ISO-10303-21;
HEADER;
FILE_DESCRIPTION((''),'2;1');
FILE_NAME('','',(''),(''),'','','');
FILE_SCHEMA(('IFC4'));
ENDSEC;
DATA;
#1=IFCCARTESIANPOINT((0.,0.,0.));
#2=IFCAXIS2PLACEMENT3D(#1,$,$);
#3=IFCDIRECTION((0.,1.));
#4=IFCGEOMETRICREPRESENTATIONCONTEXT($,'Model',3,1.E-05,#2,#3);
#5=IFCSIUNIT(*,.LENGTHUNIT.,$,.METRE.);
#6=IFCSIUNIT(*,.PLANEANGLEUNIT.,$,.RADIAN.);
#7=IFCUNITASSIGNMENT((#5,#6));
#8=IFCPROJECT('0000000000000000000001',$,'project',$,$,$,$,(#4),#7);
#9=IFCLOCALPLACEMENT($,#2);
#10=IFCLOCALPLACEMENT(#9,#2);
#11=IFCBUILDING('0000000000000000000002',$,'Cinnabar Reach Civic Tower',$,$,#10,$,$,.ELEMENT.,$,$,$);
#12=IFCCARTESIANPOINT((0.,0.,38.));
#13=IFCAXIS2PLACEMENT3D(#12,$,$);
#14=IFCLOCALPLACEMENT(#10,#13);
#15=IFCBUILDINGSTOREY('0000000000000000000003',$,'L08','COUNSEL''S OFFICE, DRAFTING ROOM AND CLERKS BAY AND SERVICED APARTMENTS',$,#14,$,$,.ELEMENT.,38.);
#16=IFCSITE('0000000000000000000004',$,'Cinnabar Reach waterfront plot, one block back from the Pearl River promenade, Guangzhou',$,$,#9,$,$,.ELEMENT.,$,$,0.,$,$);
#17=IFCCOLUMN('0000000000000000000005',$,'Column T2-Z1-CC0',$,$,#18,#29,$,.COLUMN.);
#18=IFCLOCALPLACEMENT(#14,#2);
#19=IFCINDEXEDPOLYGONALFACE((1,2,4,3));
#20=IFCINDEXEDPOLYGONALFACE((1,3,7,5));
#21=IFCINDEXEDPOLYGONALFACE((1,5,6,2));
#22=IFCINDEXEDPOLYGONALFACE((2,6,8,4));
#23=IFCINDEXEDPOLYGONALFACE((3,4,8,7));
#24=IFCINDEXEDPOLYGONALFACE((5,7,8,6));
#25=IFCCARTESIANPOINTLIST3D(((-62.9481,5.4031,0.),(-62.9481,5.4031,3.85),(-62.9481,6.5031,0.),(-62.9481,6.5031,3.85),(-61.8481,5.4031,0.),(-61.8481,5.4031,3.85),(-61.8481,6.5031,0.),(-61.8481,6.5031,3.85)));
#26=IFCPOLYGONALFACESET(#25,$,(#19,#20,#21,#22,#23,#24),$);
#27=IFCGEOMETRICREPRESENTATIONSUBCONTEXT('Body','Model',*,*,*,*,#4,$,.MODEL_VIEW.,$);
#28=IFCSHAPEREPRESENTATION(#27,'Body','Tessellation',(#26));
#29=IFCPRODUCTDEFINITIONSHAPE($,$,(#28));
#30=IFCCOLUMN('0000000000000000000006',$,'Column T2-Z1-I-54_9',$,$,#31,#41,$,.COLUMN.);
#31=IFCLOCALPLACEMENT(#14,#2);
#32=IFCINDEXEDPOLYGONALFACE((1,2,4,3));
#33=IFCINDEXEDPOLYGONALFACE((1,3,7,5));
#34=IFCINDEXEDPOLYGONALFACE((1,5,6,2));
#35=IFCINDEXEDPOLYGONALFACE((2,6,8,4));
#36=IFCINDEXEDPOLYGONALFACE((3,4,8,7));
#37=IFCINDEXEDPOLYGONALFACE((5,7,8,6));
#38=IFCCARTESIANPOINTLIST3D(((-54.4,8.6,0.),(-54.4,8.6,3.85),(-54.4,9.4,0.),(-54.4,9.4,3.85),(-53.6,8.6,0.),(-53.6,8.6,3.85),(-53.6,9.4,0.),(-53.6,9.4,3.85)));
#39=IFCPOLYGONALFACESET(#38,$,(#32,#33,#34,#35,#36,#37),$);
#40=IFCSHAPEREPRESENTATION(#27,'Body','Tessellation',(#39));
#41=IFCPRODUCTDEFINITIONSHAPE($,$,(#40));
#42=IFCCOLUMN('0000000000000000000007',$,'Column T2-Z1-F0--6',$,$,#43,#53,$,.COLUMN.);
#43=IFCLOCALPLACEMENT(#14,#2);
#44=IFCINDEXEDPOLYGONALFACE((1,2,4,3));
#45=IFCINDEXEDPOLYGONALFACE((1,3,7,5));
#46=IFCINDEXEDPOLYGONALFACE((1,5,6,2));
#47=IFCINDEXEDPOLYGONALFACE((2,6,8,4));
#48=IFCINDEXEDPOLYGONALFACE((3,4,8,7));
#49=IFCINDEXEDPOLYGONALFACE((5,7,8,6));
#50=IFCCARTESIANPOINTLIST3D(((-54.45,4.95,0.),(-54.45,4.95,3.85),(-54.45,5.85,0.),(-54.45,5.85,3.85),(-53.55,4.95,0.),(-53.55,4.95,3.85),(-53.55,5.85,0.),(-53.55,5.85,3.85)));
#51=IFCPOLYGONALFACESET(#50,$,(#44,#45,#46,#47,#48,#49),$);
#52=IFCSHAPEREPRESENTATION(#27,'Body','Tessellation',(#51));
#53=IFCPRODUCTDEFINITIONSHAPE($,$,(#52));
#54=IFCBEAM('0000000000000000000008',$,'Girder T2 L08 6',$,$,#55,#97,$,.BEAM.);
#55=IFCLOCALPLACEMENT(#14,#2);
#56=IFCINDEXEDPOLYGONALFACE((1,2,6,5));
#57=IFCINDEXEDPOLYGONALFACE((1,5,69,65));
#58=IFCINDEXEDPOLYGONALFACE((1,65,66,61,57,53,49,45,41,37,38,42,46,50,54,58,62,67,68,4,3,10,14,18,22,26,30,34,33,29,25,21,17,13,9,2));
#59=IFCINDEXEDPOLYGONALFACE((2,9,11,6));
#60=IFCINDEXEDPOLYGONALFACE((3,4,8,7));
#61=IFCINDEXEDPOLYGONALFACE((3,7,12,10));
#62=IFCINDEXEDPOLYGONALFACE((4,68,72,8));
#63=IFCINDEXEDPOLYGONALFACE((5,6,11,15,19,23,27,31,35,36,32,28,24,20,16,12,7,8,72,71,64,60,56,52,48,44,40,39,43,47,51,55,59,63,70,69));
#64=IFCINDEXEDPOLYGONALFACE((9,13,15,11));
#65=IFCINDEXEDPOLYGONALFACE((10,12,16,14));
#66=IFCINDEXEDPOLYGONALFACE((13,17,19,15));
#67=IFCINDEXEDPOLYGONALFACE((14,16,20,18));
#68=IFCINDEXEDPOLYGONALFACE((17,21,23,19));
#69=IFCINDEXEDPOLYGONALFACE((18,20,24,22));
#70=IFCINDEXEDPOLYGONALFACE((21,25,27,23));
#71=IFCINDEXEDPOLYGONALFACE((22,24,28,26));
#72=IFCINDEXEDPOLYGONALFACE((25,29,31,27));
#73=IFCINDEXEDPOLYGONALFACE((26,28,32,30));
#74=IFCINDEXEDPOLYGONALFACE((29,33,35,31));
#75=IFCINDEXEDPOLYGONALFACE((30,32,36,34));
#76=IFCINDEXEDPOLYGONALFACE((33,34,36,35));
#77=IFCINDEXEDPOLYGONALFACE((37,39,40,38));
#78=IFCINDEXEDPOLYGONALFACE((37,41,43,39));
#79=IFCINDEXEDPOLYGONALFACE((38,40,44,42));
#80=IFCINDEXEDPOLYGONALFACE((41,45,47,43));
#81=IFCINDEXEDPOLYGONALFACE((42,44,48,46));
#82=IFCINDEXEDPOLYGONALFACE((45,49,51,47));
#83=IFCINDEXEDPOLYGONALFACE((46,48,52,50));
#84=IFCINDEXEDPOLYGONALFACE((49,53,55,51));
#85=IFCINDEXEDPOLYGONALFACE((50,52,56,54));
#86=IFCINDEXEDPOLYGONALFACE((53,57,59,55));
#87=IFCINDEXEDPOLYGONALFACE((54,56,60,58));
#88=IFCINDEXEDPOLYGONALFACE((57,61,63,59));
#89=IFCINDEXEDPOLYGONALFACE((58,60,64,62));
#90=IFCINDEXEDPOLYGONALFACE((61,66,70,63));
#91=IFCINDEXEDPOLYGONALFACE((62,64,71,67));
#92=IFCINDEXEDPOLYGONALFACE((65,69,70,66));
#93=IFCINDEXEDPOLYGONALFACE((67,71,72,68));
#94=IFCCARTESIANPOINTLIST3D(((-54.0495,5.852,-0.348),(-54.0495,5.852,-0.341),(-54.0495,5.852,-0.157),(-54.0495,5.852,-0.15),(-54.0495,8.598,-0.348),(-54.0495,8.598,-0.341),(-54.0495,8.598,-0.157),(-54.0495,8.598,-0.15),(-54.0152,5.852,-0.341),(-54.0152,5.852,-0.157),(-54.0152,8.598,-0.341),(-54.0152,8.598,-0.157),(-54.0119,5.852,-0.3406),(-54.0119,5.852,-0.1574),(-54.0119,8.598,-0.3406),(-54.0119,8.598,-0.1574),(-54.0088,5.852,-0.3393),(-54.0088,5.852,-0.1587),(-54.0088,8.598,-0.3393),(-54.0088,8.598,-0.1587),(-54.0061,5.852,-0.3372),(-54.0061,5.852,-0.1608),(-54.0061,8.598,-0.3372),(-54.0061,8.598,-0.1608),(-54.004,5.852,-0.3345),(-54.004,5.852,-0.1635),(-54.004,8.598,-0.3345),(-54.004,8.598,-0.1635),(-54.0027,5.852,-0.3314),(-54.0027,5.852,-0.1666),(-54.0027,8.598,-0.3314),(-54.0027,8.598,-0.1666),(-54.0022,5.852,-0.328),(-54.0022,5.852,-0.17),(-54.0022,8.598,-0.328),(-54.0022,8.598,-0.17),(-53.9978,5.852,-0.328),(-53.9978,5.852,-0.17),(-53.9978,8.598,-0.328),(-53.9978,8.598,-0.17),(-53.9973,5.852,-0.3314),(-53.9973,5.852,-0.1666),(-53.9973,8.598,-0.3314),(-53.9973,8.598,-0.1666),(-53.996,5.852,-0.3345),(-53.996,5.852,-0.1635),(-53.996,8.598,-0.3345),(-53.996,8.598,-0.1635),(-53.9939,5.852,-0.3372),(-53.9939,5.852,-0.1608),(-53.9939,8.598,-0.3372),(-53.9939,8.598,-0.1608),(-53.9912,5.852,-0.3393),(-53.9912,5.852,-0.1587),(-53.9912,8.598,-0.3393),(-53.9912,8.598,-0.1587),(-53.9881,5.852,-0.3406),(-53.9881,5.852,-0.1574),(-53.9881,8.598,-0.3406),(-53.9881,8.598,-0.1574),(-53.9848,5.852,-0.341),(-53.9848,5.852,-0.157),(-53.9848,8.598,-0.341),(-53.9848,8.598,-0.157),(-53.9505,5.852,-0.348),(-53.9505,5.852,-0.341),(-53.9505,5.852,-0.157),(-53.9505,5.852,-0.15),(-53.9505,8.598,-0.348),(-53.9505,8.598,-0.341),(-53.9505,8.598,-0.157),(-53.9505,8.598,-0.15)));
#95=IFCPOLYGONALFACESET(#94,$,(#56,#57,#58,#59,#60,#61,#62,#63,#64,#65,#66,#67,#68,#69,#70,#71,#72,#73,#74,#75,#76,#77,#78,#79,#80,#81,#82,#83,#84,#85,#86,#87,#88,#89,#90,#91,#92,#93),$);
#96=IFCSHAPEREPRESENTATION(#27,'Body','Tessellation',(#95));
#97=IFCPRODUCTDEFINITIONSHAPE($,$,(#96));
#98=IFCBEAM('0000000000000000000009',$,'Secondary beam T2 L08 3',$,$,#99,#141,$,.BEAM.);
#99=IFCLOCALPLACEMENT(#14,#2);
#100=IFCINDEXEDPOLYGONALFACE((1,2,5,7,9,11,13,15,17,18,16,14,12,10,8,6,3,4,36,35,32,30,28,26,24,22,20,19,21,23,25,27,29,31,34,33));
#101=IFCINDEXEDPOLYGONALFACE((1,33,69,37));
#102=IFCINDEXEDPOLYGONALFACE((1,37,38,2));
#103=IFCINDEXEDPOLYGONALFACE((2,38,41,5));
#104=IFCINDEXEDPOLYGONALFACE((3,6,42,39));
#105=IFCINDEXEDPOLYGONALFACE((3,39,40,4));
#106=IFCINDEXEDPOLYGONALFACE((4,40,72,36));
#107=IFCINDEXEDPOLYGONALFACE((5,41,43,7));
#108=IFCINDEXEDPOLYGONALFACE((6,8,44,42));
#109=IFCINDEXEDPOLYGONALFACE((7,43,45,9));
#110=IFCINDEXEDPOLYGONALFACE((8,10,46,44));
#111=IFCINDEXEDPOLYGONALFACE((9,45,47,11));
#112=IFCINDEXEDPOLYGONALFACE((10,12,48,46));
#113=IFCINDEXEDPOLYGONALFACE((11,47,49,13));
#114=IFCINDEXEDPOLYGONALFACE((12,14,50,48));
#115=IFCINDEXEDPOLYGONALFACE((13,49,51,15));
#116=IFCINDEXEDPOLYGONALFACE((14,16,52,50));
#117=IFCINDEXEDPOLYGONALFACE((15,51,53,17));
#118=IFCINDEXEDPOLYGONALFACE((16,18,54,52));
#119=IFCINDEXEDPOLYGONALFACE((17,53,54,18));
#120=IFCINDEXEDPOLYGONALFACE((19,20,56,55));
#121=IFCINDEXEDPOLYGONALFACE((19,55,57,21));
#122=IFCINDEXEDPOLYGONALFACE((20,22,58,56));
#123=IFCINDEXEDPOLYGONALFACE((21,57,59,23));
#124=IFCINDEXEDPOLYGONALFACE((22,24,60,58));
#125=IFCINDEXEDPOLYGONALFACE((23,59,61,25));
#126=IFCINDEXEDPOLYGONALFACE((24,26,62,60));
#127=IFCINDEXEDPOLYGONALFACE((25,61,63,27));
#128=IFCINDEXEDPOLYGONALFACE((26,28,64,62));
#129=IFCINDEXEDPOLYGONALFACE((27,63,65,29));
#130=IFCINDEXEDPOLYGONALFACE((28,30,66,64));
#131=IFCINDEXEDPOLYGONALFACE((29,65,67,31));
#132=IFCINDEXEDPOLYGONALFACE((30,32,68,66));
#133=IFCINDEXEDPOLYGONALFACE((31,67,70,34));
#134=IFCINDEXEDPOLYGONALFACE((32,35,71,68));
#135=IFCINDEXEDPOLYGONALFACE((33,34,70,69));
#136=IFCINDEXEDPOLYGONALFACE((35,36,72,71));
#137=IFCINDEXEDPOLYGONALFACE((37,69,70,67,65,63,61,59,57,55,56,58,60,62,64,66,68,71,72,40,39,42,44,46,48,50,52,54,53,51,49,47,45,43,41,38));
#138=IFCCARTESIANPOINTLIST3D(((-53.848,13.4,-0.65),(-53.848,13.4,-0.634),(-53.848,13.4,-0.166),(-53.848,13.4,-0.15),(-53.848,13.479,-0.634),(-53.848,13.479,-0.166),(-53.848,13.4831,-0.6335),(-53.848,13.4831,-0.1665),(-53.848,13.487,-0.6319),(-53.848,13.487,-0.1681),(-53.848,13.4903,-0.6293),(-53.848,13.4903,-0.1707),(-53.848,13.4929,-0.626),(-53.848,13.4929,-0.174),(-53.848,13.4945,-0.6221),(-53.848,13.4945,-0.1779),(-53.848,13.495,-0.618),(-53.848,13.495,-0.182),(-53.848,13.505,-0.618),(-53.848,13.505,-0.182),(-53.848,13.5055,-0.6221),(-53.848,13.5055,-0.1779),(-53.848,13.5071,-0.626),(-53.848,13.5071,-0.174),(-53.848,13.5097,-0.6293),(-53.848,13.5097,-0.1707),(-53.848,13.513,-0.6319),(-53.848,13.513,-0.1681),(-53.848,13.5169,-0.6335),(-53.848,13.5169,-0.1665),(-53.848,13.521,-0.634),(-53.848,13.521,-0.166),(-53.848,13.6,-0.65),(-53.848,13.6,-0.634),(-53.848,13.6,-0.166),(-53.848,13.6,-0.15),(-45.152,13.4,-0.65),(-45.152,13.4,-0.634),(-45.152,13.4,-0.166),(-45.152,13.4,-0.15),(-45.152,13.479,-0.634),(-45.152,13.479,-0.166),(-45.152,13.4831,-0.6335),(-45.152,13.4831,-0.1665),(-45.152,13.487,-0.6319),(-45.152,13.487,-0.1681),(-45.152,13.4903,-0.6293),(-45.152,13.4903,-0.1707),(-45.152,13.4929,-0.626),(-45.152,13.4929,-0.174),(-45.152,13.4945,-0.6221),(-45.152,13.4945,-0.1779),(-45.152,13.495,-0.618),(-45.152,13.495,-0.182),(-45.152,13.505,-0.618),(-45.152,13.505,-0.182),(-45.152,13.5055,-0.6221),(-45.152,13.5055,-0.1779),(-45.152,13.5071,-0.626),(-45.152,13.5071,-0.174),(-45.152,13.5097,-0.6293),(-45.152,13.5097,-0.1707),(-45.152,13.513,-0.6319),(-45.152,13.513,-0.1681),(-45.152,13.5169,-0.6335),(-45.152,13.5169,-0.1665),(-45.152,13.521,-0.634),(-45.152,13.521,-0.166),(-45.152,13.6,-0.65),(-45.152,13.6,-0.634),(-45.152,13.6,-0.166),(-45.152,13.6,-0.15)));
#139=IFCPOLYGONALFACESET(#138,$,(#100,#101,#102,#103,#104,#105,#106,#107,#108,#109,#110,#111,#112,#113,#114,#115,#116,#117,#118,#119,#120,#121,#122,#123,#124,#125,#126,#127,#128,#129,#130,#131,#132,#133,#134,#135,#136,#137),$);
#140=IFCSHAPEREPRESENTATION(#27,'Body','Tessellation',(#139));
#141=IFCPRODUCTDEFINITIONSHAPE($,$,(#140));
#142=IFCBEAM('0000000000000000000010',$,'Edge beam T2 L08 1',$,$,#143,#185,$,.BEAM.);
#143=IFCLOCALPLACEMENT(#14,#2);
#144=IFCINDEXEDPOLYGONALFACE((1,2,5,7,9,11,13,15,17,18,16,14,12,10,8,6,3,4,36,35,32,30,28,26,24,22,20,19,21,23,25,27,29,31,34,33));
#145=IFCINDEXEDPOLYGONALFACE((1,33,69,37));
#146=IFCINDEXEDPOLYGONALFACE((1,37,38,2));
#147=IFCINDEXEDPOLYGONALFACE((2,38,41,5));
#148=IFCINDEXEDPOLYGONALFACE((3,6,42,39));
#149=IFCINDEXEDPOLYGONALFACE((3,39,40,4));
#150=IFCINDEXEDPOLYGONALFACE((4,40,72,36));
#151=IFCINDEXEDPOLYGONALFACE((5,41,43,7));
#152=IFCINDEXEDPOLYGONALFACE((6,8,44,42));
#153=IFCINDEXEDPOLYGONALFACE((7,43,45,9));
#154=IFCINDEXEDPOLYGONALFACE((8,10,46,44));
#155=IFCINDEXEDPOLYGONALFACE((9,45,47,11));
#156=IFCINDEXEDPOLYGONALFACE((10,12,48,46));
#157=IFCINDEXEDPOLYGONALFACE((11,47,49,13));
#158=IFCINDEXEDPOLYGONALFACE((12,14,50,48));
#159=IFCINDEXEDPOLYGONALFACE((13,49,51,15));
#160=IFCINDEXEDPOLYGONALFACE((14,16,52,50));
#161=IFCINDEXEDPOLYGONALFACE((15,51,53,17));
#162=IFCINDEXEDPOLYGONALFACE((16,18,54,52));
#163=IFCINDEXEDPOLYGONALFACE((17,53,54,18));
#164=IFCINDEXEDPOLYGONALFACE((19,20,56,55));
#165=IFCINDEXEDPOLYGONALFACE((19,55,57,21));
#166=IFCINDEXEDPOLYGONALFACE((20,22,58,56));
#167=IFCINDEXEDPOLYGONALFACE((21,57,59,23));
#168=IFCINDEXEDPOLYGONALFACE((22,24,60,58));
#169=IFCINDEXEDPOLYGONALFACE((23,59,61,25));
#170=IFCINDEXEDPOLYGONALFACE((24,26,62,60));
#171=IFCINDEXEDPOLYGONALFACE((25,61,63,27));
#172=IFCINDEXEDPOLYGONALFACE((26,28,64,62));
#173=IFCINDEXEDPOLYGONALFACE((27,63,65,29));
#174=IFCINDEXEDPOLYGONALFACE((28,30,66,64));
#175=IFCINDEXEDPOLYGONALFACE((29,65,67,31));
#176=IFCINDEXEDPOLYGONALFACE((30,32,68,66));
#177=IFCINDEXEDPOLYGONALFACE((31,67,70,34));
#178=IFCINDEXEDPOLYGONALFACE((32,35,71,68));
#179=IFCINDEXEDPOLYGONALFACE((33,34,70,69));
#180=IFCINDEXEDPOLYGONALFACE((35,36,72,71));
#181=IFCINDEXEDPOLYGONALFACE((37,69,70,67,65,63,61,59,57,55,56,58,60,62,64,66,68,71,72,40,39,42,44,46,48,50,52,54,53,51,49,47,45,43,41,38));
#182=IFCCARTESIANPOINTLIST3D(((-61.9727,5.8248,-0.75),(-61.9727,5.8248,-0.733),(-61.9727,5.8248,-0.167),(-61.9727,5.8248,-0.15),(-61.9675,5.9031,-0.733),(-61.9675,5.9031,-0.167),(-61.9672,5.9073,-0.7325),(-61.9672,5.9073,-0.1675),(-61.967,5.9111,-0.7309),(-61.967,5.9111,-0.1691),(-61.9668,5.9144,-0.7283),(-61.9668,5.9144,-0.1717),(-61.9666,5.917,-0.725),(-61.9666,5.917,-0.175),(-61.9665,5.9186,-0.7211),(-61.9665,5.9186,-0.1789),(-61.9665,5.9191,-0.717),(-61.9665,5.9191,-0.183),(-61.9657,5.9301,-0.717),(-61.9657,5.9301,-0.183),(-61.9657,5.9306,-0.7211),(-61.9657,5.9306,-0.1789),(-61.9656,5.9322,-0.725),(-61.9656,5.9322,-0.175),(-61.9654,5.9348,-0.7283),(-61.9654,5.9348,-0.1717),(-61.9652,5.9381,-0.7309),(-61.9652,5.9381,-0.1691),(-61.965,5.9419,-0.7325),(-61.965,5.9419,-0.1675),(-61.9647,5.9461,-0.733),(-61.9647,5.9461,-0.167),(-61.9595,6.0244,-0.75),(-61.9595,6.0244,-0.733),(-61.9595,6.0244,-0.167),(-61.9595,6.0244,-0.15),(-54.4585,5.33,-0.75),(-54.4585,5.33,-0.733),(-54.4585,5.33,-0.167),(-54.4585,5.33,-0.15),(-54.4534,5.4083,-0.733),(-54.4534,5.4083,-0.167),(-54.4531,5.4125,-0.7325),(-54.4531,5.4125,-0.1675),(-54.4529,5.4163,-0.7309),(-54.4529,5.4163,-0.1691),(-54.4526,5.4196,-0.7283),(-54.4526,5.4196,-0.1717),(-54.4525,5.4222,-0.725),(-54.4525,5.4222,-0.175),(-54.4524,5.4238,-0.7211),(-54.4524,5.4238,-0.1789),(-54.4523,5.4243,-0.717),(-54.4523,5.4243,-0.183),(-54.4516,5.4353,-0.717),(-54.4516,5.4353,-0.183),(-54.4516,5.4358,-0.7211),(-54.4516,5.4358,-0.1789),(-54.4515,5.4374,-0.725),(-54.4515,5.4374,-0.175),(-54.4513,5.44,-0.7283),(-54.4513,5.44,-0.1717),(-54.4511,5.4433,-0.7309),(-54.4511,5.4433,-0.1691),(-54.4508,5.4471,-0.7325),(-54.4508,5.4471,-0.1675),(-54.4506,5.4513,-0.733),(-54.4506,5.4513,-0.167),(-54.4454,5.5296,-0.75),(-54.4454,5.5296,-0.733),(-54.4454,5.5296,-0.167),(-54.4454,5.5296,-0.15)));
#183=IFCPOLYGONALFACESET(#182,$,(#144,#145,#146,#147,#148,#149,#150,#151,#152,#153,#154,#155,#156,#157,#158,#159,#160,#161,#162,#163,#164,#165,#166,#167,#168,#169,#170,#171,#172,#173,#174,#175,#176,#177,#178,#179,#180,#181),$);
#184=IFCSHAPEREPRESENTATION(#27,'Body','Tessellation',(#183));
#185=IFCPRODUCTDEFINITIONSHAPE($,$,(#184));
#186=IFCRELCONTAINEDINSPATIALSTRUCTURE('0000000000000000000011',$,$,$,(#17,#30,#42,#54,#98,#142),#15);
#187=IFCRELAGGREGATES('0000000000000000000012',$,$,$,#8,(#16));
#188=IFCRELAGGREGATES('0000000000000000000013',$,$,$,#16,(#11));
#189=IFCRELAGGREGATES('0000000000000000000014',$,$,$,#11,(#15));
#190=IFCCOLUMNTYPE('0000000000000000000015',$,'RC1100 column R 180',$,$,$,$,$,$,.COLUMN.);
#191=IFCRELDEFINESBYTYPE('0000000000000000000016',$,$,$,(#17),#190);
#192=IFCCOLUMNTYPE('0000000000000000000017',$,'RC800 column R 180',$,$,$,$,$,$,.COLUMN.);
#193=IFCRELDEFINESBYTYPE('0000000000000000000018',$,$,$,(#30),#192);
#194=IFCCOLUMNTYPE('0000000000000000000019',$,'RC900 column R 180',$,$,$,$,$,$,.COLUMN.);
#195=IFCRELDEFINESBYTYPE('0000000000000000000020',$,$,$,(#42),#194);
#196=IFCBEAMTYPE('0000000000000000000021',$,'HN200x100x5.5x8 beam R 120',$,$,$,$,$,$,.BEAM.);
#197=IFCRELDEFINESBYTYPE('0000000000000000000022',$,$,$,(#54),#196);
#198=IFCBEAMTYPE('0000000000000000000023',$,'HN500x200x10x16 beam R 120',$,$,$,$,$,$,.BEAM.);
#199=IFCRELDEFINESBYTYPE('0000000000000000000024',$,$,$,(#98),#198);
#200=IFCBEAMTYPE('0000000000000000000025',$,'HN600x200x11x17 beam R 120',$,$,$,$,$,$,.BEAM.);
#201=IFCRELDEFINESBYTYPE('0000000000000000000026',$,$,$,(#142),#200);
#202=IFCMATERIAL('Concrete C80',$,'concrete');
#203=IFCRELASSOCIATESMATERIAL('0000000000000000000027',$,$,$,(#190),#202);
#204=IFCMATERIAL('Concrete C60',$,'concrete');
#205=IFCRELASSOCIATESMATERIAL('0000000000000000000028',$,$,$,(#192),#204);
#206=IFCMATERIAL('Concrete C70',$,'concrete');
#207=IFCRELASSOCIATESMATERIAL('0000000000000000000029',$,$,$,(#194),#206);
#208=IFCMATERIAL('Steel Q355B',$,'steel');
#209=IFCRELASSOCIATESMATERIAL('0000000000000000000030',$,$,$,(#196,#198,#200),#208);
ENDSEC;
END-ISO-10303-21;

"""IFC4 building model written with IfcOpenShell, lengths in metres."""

from ifc_helpers import new_model, si_unit, direction, frame, origin, origin_2d, place, context, subcontext, project, spatial, rectangle, i_section, extrude, material, material_profile, profile_set, type_object, element, save


model = new_model("IFC4")

# Units and contexts
model_context = context("Model", 3, precision=1e-05, world=origin(), true_north=direction((0.0, 1.0)))
body_context = subcontext(model_context, "Body", "Model", "MODEL_VIEW")
ifc_project = project(units=[si_unit("LENGTHUNIT", "METRE"), si_unit("PLANEANGLEUNIT", "RADIAN")], contexts=[model_context])

# Site, building, storey
site_placement = place(None, origin())
site = spatial("IfcSite", under=ifc_project, at=site_placement, Name="Cinnabar Reach waterfront plot, one block back from the Pearl River promenade, Guangzhou", CompositionType="ELEMENT", RefElevation=0.0)
building_placement = place(site_placement, origin())
building = spatial("IfcBuilding", under=site, at=building_placement, Name="Cinnabar Reach Civic Tower", CompositionType="ELEMENT")
storey_placement = place(building_placement, frame((0.0, 0.0, 38.0)))
storey = spatial("IfcBuildingStorey", under=building, at=storey_placement, Name="L08", Description="COUNSEL'S OFFICE, DRAFTING ROOM AND CLERKS BAY AND SERVICED APARTMENTS", CompositionType="ELEMENT", Elevation=38.0)

# Columns
ifc_material_1 = material(Name="Concrete C80", Category="concrete")
ifc_material_profile_1 = material_profile(ifc_material_1, rectangle(XDim=1.1, YDim=1.1, at=origin_2d()), Name="RC1100")
ifc_profile_set_1 = profile_set([ifc_material_profile_1], Name="Concrete C80")
column_type_1 = type_object("IfcColumnType", Name="RC1100 column R 180", PredefinedType="COLUMN", material=ifc_profile_set_1)
column_1_placement = place(storey_placement, frame((-62.3981, 5.9531, 0.0), z_axis=(0.0, 0.0, 1.0), x_axis=(1.0, 0.0, 0.0)))
element("IfcColumn", 1, at=column_1_placement, inside=storey, type_object=column_type_1, Name="Column T2-Z1-CC0", PredefinedType="COLUMN", context=body_context, shape_type="SweptSolid", body=[
    extrude(rectangle(XDim=1.1, YDim=1.1, at=origin_2d()), origin(), (0.0, 0.0, 1.0), 3.85),
])
ifc_material_2 = material(Name="Concrete C60", Category="concrete")
ifc_material_profile_2 = material_profile(ifc_material_2, rectangle(XDim=0.8, YDim=0.8, at=origin_2d()), Name="RC800")
ifc_profile_set_2 = profile_set([ifc_material_profile_2], Name="Concrete C60")
column_type_2 = type_object("IfcColumnType", Name="RC800 column R 180", PredefinedType="COLUMN", material=ifc_profile_set_2)
column_2_placement = place(storey_placement, frame((-54.0, 9.0, 0.0), z_axis=(0.0, 0.0, 1.0), x_axis=(1.0, 0.0, 0.0)))
element("IfcColumn", 2, at=column_2_placement, inside=storey, type_object=column_type_2, Name="Column T2-Z1-I-54_9", PredefinedType="COLUMN", context=body_context, shape_type="SweptSolid", body=[
    extrude(rectangle(XDim=0.8, YDim=0.8, at=origin_2d()), origin(), (0.0, 0.0, 1.0), 3.85),
])
ifc_material_3 = material(Name="Concrete C70", Category="concrete")
ifc_material_profile_3 = material_profile(ifc_material_3, rectangle(XDim=0.9, YDim=0.9, at=origin_2d()), Name="RC900")
ifc_profile_set_3 = profile_set([ifc_material_profile_3], Name="Concrete C70")
column_type_3 = type_object("IfcColumnType", Name="RC900 column R 180", PredefinedType="COLUMN", material=ifc_profile_set_3)
column_3_placement = place(storey_placement, frame((-54.0, 5.4, 0.0), z_axis=(0.0, 0.0, 1.0), x_axis=(1.0, 0.0, 0.0)))
element("IfcColumn", 3, at=column_3_placement, inside=storey, type_object=column_type_3, Name="Column T2-Z1-F0--6", PredefinedType="COLUMN", context=body_context, shape_type="SweptSolid", body=[
    extrude(rectangle(XDim=0.9, YDim=0.9, at=origin_2d()), origin(), (0.0, 0.0, 1.0), 3.85),
])

# Beams
ifc_material_4 = material(Name="Steel Q355B", Category="steel")
ifc_material_profile_4 = material_profile(ifc_material_4, i_section(OverallWidth=0.099, OverallDepth=0.198, WebThickness=0.0045, FlangeThickness=0.007, FilletRadius=0.013, at=origin_2d()), Name="HN200x100x5.5x8")
ifc_profile_set_4 = profile_set([ifc_material_profile_4], Name="Steel Q355B")
beam_type_1 = type_object("IfcBeamType", Name="HN200x100x5.5x8 beam R 120", PredefinedType="BEAM", material=ifc_profile_set_4)
beam_1_placement = place(storey_placement, frame((-54.0, 5.852, -0.249), z_axis=(0.0, 1.0, 0.0), x_axis=(-1.0, 0.0, 0.0)))
element("IfcBeam", 4, at=beam_1_placement, inside=storey, type_object=beam_type_1, Name="Girder T2 L08 6", PredefinedType="BEAM", context=body_context, shape_type="SweptSolid", body=[
    extrude(i_section(OverallWidth=0.099, OverallDepth=0.198, WebThickness=0.0045, FlangeThickness=0.007, FilletRadius=0.013, at=origin_2d()), origin(), (0.0, 0.0, 1.0), 2.746),
])
ifc_material_profile_5 = material_profile(ifc_material_4, i_section(OverallWidth=0.2, OverallDepth=0.5, WebThickness=0.01, FlangeThickness=0.016, FilletRadius=0.016, at=origin_2d()), Name="HN500x200x10x16")
ifc_profile_set_5 = profile_set([ifc_material_profile_5], Name="Steel Q355B")
beam_type_2 = type_object("IfcBeamType", Name="HN500x200x10x16 beam R 120", PredefinedType="BEAM", material=ifc_profile_set_5)
beam_2_placement = place(storey_placement, frame((-53.848, 13.5, -0.4), z_axis=(1.0, 0.0, 0.0), x_axis=(0.0, 1.0, 0.0)))
element("IfcBeam", 5, at=beam_2_placement, inside=storey, type_object=beam_type_2, Name="Secondary beam T2 L08 3", PredefinedType="BEAM", context=body_context, shape_type="SweptSolid", body=[
    extrude(i_section(OverallWidth=0.2, OverallDepth=0.5, WebThickness=0.01, FlangeThickness=0.016, FilletRadius=0.016, at=origin_2d()), origin(), (0.0, 0.0, 1.0), 8.696),
])
ifc_material_profile_6 = material_profile(ifc_material_4, i_section(OverallWidth=0.2, OverallDepth=0.6, WebThickness=0.011, FlangeThickness=0.017, FilletRadius=0.016, at=origin_2d()), Name="HN600x200x11x17")
ifc_profile_set_6 = profile_set([ifc_material_profile_6], Name="Steel Q355B")
beam_type_3 = type_object("IfcBeamType", Name="HN600x200x11x17 beam R 120", PredefinedType="BEAM", material=ifc_profile_set_6)
beam_3_placement = place(storey_placement, frame((-61.9661, 5.9246, -0.45), z_axis=(0.997839, -0.065707, 0.0), x_axis=(0.065707, 0.997839, 0.0)))
element("IfcBeam", 6, at=beam_3_placement, inside=storey, type_object=beam_type_3, Name="Edge beam T2 L08 1", PredefinedType="BEAM", context=body_context, shape_type="SweptSolid", body=[
    extrude(i_section(OverallWidth=0.2, OverallDepth=0.6, WebThickness=0.011, FlangeThickness=0.017, FilletRadius=0.016, at=origin_2d()), origin(), (0.0, 0.0, 1.0), 7.5304),
])

save(model, "model.ifc")
